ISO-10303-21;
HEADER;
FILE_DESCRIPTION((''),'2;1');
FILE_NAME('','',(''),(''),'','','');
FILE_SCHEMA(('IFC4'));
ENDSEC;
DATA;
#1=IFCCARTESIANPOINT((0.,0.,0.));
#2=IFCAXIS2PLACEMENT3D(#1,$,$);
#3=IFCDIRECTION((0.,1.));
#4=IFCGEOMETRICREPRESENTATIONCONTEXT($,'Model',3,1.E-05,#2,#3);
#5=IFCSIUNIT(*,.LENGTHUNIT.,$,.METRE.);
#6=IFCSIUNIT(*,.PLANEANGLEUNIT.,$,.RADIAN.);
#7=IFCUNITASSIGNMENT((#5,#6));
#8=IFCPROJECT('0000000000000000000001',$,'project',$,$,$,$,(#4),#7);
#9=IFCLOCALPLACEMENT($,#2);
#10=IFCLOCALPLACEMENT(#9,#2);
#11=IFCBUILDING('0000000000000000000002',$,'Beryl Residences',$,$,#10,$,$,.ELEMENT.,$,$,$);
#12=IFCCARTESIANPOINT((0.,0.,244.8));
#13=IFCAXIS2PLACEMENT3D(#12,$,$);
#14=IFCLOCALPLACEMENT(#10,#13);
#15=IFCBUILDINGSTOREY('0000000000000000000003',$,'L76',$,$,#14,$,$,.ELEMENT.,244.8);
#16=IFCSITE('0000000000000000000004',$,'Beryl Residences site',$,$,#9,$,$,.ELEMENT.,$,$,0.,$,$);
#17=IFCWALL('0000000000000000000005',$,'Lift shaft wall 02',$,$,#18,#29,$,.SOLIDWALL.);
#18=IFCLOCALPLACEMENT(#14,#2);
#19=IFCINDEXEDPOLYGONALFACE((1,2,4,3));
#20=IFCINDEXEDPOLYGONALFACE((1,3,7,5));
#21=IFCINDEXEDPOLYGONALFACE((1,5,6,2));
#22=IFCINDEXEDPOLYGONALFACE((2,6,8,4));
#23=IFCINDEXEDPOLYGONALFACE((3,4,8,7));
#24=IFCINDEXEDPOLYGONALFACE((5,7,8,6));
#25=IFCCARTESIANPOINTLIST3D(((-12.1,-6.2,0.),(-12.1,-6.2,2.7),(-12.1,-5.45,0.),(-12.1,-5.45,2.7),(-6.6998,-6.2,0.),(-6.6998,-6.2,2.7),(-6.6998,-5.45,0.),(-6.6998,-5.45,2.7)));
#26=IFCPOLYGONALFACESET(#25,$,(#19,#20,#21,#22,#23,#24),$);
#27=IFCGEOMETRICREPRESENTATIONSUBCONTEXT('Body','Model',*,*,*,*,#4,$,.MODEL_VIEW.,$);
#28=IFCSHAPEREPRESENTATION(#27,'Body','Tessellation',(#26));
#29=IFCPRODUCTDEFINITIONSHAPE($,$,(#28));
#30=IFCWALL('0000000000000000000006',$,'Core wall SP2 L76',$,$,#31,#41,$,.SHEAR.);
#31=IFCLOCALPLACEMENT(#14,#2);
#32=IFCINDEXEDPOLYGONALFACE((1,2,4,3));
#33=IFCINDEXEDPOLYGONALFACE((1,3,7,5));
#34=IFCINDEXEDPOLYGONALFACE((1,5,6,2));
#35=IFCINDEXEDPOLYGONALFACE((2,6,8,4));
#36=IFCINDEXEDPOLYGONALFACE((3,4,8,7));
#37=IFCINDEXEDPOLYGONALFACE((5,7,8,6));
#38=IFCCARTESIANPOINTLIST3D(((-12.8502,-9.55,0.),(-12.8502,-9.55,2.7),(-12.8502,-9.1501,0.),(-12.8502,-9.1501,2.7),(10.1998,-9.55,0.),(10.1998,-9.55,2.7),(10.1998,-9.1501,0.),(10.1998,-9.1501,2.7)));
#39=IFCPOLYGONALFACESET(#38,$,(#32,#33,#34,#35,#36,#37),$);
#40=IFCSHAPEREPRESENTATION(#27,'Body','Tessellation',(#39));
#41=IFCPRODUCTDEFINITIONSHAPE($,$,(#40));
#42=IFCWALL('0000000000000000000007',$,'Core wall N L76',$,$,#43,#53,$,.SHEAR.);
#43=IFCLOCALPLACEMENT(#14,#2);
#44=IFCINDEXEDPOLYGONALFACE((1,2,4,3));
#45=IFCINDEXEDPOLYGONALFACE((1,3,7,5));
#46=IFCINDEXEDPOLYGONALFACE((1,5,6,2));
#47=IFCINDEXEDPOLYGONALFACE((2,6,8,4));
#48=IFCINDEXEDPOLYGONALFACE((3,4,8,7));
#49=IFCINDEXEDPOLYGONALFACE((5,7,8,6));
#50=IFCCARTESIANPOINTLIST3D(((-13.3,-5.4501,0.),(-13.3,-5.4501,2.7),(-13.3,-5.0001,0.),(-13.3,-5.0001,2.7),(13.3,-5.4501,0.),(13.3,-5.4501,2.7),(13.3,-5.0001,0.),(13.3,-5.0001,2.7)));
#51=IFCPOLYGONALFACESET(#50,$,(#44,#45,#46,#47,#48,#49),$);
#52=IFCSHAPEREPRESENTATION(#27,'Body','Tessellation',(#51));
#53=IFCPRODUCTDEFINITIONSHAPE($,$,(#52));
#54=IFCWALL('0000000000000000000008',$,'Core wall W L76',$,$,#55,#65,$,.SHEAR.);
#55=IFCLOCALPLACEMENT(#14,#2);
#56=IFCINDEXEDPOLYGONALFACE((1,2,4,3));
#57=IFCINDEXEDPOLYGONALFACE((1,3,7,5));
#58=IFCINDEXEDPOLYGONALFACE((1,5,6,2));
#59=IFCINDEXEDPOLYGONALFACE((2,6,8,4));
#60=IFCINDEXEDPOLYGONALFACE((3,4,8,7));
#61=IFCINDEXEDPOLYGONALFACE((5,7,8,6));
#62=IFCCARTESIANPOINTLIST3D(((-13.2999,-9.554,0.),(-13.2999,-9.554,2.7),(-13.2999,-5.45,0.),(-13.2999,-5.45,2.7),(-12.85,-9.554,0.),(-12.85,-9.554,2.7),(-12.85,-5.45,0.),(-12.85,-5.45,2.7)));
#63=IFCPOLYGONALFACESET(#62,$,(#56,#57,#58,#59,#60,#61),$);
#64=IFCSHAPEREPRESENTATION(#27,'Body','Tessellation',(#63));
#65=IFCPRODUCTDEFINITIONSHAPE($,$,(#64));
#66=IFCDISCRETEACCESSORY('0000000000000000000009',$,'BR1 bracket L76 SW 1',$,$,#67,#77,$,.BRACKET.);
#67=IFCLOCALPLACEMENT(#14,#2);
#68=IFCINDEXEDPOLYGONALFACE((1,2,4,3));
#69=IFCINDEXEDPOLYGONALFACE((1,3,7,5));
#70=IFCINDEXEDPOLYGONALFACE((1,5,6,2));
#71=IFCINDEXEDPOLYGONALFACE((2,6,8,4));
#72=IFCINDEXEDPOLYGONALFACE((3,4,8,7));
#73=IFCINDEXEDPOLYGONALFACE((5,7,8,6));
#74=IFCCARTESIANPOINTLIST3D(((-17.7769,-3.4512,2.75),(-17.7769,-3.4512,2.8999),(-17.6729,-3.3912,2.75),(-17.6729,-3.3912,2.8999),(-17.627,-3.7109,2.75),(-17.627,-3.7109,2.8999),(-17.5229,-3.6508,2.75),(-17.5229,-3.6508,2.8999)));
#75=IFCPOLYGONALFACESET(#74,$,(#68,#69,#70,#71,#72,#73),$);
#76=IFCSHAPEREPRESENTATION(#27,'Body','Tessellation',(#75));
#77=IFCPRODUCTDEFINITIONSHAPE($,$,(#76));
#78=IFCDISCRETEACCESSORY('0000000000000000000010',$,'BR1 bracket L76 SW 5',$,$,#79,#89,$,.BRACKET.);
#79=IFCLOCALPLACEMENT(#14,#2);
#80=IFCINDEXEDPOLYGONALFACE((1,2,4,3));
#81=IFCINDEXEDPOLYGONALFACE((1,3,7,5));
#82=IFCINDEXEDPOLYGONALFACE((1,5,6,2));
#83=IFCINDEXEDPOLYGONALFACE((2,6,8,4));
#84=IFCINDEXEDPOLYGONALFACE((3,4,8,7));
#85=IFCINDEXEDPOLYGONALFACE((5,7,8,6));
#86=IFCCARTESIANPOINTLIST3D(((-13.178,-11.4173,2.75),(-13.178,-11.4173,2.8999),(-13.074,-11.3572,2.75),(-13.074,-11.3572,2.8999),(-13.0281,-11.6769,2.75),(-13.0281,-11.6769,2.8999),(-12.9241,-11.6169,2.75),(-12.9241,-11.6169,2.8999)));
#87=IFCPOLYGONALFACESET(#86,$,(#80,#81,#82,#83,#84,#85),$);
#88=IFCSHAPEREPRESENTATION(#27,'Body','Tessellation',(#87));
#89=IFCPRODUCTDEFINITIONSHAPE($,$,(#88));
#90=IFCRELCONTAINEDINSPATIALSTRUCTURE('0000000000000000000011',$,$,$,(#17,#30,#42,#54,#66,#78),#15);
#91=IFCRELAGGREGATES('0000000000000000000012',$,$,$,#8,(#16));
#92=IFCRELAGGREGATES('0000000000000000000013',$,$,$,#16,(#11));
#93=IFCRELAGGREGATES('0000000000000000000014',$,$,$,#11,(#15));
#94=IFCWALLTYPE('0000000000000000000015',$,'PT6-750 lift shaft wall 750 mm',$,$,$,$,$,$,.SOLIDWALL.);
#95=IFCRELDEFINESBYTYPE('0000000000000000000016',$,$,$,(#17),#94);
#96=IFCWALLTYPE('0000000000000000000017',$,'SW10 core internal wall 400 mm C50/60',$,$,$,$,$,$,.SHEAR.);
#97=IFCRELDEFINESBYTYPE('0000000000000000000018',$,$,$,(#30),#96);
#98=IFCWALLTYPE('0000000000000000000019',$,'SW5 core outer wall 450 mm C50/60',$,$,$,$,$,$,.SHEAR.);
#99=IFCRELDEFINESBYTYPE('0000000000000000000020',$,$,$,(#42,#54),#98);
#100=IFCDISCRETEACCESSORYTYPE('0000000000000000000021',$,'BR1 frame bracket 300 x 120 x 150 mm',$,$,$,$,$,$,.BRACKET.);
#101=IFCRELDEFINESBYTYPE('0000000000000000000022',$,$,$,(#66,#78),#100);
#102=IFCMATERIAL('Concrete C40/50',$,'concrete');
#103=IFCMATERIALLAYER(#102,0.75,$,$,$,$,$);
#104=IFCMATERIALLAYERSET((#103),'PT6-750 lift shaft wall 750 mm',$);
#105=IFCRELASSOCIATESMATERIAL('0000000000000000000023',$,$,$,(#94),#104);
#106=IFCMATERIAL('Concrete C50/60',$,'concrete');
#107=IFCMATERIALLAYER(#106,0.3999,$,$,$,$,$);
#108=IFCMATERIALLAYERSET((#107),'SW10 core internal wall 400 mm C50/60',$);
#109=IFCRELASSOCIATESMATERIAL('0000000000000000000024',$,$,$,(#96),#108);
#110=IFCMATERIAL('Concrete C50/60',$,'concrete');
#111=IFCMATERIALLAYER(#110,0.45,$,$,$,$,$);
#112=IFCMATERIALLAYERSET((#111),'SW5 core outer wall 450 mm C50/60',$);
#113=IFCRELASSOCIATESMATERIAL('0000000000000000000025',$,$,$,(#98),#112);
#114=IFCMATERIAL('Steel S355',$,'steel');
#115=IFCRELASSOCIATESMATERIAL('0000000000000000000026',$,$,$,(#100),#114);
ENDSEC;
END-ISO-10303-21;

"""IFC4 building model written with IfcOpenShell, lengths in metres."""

from ifc_helpers import new_model, si_unit, direction, frame, frame_2d, origin, place, context, subcontext, project, spatial, polyline, rectangle, outline, extrude, source, transform, mapped, material, layer, layer_set, type_object, type_shapes, element, save


model = new_model("IFC4")

# Units and contexts
model_context = context("Model", 3, precision=1e-05, world=origin(), true_north=direction((0.0, 1.0)))
body_context = subcontext(model_context, "Body", "Model", "MODEL_VIEW")
ifc_project = project(units=[si_unit("LENGTHUNIT", "METRE"), si_unit("PLANEANGLEUNIT", "RADIAN")], contexts=[model_context])

# Site, building, storey
site_placement = place(None, origin())
site = spatial("IfcSite", under=ifc_project, at=site_placement, Name="Beryl Residences site", CompositionType="ELEMENT", RefElevation=0.0)
building_placement = place(site_placement, origin())
building = spatial("IfcBuilding", under=site, at=building_placement, Name="Beryl Residences", CompositionType="ELEMENT")
storey_placement = place(building_placement, frame((0.0, 0.0, 244.8)))
storey = spatial("IfcBuildingStorey", under=building, at=storey_placement, Name="L76", CompositionType="ELEMENT", Elevation=244.8)

# Walls
ifc_material_1 = material(Name="Concrete C40/50", Category="concrete")
ifc_layer_1 = layer(ifc_material_1, 0.75)
ifc_layer_set_1 = layer_set([ifc_layer_1], Name="PT6-750 lift shaft wall 750 mm")
wall_type_1 = type_object("IfcWallType", Name="PT6-750 lift shaft wall 750 mm", PredefinedType="SOLIDWALL", material=ifc_layer_set_1)
wall_1_placement = place(storey_placement, frame((-12.1001, -5.825, 0.0), z_axis=(0.0, 0.0, 1.0), x_axis=(1.0, 0.0, 0.0)))
element("IfcWall", 1, at=wall_1_placement, inside=storey, type_object=wall_type_1, Name="Lift shaft wall 02", PredefinedType="SOLIDWALL", context=body_context, shape_type="SweptSolid", body=[
    extrude(rectangle(XDim=5.4001, YDim=0.75, at=frame_2d((2.7002, 0.0))), origin(), (0.0, 0.0, 1.0), 2.7),
])
ifc_material_2 = material(Name="Concrete C50/60", Category="concrete")
ifc_layer_2 = layer(ifc_material_2, 0.3999)
ifc_layer_set_2 = layer_set([ifc_layer_2], Name="SW10 core internal wall 400 mm C50/60")
wall_type_2 = type_object("IfcWallType", Name="SW10 core internal wall 400 mm C50/60", PredefinedType="SHEAR", material=ifc_layer_set_2)
wall_2_placement = place(storey_placement, frame((-12.8501, -9.3501, 0.0), z_axis=(0.0, 0.0, 1.0), x_axis=(1.0, 0.0, 0.0)))
element("IfcWall", 2, at=wall_2_placement, inside=storey, type_object=wall_type_2, Name="Core wall SP2 L76", PredefinedType="SHEAR", context=body_context, shape_type="SweptSolid", body=[
    extrude(rectangle(XDim=23.05, YDim=0.3999, at=frame_2d((11.5249, 0.0))), origin(), (0.0, 0.0, 1.0), 2.7),
])
ifc_material_3 = material(Name="Concrete C50/60", Category="concrete")
ifc_layer_3 = layer(ifc_material_3, 0.45)
ifc_layer_set_3 = layer_set([ifc_layer_3], Name="SW5 core outer wall 450 mm C50/60")
wall_type_3 = type_object("IfcWallType", Name="SW5 core outer wall 450 mm C50/60", PredefinedType="SHEAR", material=ifc_layer_set_3)
wall_3_placement = place(storey_placement, frame((-13.3, -5.2251, 0.0), z_axis=(0.0, 0.0, 1.0), x_axis=(1.0, 0.0, 0.0)))
element("IfcWall", 3, at=wall_3_placement, inside=storey, type_object=wall_type_3, Name="Core wall N L76", PredefinedType="SHEAR", context=body_context, shape_type="SweptSolid", body=[
    extrude(rectangle(XDim=26.6001, YDim=0.45, at=frame_2d((13.3, 0.0))), origin(), (0.0, 0.0, 1.0), 2.7),
])
wall_4_placement = place(storey_placement, frame((-13.075, -9.554, 0.0), z_axis=(0.0, 0.0, 1.0), x_axis=(0.0, 1.0, 0.0)))
element("IfcWall", 4, at=wall_4_placement, inside=storey, type_object=wall_type_3, Name="Core wall W L76", PredefinedType="SHEAR", context=body_context, shape_type="SweptSolid", body=[
    extrude(rectangle(XDim=4.104, YDim=0.45, at=frame_2d((2.052, 0.0))), origin(), (0.0, 0.0, 1.0), 2.7),
])

# Discrete accessories
ifc_material_4 = material(Name="Steel S355", Category="steel")
discrete_accessory_type = type_object("IfcDiscreteAccessoryType", Name="BR1 frame bracket 300 x 120 x 150 mm", PredefinedType="BRACKET", material=ifc_material_4)
shared_shape_1 = source(origin(), body_context, "Body", "SweptSolid", [
    extrude(outline(polyline([(-0.1499, 0.0), (0.1499, 0.0), (0.1499, 0.1201), (-0.1499, 0.1201), (-0.1499, 0.0)])), origin(), (0.0, 0.0, 1.0), 0.1499),
])
type_shapes(discrete_accessory_type, [shared_shape_1])
for number, where, z_axis, x_axis, name in (
    (5, (-17.5979, -3.521, 2.75), (0.0, 0.0, 1.0), (-0.5, 0.866025, 0.0), "BR1 bracket L76 SW 1"),
    (6, (-12.999, -11.4871, 2.75), (0.0, 0.0, 1.0), (-0.5, 0.866025, 0.0), "BR1 bracket L76 SW 5"),
):
    element("IfcDiscreteAccessory", number, at=place(storey_placement, frame(where, z_axis=z_axis, x_axis=x_axis)), inside=storey, type_object=discrete_accessory_type, Name=name, PredefinedType="BRACKET", context=body_context, shape_type="MappedRepresentation", body=[
        mapped(shared_shape_1, transform((0.0, 0.0, 0.0))),
    ])

save(model, "model.ifc")
